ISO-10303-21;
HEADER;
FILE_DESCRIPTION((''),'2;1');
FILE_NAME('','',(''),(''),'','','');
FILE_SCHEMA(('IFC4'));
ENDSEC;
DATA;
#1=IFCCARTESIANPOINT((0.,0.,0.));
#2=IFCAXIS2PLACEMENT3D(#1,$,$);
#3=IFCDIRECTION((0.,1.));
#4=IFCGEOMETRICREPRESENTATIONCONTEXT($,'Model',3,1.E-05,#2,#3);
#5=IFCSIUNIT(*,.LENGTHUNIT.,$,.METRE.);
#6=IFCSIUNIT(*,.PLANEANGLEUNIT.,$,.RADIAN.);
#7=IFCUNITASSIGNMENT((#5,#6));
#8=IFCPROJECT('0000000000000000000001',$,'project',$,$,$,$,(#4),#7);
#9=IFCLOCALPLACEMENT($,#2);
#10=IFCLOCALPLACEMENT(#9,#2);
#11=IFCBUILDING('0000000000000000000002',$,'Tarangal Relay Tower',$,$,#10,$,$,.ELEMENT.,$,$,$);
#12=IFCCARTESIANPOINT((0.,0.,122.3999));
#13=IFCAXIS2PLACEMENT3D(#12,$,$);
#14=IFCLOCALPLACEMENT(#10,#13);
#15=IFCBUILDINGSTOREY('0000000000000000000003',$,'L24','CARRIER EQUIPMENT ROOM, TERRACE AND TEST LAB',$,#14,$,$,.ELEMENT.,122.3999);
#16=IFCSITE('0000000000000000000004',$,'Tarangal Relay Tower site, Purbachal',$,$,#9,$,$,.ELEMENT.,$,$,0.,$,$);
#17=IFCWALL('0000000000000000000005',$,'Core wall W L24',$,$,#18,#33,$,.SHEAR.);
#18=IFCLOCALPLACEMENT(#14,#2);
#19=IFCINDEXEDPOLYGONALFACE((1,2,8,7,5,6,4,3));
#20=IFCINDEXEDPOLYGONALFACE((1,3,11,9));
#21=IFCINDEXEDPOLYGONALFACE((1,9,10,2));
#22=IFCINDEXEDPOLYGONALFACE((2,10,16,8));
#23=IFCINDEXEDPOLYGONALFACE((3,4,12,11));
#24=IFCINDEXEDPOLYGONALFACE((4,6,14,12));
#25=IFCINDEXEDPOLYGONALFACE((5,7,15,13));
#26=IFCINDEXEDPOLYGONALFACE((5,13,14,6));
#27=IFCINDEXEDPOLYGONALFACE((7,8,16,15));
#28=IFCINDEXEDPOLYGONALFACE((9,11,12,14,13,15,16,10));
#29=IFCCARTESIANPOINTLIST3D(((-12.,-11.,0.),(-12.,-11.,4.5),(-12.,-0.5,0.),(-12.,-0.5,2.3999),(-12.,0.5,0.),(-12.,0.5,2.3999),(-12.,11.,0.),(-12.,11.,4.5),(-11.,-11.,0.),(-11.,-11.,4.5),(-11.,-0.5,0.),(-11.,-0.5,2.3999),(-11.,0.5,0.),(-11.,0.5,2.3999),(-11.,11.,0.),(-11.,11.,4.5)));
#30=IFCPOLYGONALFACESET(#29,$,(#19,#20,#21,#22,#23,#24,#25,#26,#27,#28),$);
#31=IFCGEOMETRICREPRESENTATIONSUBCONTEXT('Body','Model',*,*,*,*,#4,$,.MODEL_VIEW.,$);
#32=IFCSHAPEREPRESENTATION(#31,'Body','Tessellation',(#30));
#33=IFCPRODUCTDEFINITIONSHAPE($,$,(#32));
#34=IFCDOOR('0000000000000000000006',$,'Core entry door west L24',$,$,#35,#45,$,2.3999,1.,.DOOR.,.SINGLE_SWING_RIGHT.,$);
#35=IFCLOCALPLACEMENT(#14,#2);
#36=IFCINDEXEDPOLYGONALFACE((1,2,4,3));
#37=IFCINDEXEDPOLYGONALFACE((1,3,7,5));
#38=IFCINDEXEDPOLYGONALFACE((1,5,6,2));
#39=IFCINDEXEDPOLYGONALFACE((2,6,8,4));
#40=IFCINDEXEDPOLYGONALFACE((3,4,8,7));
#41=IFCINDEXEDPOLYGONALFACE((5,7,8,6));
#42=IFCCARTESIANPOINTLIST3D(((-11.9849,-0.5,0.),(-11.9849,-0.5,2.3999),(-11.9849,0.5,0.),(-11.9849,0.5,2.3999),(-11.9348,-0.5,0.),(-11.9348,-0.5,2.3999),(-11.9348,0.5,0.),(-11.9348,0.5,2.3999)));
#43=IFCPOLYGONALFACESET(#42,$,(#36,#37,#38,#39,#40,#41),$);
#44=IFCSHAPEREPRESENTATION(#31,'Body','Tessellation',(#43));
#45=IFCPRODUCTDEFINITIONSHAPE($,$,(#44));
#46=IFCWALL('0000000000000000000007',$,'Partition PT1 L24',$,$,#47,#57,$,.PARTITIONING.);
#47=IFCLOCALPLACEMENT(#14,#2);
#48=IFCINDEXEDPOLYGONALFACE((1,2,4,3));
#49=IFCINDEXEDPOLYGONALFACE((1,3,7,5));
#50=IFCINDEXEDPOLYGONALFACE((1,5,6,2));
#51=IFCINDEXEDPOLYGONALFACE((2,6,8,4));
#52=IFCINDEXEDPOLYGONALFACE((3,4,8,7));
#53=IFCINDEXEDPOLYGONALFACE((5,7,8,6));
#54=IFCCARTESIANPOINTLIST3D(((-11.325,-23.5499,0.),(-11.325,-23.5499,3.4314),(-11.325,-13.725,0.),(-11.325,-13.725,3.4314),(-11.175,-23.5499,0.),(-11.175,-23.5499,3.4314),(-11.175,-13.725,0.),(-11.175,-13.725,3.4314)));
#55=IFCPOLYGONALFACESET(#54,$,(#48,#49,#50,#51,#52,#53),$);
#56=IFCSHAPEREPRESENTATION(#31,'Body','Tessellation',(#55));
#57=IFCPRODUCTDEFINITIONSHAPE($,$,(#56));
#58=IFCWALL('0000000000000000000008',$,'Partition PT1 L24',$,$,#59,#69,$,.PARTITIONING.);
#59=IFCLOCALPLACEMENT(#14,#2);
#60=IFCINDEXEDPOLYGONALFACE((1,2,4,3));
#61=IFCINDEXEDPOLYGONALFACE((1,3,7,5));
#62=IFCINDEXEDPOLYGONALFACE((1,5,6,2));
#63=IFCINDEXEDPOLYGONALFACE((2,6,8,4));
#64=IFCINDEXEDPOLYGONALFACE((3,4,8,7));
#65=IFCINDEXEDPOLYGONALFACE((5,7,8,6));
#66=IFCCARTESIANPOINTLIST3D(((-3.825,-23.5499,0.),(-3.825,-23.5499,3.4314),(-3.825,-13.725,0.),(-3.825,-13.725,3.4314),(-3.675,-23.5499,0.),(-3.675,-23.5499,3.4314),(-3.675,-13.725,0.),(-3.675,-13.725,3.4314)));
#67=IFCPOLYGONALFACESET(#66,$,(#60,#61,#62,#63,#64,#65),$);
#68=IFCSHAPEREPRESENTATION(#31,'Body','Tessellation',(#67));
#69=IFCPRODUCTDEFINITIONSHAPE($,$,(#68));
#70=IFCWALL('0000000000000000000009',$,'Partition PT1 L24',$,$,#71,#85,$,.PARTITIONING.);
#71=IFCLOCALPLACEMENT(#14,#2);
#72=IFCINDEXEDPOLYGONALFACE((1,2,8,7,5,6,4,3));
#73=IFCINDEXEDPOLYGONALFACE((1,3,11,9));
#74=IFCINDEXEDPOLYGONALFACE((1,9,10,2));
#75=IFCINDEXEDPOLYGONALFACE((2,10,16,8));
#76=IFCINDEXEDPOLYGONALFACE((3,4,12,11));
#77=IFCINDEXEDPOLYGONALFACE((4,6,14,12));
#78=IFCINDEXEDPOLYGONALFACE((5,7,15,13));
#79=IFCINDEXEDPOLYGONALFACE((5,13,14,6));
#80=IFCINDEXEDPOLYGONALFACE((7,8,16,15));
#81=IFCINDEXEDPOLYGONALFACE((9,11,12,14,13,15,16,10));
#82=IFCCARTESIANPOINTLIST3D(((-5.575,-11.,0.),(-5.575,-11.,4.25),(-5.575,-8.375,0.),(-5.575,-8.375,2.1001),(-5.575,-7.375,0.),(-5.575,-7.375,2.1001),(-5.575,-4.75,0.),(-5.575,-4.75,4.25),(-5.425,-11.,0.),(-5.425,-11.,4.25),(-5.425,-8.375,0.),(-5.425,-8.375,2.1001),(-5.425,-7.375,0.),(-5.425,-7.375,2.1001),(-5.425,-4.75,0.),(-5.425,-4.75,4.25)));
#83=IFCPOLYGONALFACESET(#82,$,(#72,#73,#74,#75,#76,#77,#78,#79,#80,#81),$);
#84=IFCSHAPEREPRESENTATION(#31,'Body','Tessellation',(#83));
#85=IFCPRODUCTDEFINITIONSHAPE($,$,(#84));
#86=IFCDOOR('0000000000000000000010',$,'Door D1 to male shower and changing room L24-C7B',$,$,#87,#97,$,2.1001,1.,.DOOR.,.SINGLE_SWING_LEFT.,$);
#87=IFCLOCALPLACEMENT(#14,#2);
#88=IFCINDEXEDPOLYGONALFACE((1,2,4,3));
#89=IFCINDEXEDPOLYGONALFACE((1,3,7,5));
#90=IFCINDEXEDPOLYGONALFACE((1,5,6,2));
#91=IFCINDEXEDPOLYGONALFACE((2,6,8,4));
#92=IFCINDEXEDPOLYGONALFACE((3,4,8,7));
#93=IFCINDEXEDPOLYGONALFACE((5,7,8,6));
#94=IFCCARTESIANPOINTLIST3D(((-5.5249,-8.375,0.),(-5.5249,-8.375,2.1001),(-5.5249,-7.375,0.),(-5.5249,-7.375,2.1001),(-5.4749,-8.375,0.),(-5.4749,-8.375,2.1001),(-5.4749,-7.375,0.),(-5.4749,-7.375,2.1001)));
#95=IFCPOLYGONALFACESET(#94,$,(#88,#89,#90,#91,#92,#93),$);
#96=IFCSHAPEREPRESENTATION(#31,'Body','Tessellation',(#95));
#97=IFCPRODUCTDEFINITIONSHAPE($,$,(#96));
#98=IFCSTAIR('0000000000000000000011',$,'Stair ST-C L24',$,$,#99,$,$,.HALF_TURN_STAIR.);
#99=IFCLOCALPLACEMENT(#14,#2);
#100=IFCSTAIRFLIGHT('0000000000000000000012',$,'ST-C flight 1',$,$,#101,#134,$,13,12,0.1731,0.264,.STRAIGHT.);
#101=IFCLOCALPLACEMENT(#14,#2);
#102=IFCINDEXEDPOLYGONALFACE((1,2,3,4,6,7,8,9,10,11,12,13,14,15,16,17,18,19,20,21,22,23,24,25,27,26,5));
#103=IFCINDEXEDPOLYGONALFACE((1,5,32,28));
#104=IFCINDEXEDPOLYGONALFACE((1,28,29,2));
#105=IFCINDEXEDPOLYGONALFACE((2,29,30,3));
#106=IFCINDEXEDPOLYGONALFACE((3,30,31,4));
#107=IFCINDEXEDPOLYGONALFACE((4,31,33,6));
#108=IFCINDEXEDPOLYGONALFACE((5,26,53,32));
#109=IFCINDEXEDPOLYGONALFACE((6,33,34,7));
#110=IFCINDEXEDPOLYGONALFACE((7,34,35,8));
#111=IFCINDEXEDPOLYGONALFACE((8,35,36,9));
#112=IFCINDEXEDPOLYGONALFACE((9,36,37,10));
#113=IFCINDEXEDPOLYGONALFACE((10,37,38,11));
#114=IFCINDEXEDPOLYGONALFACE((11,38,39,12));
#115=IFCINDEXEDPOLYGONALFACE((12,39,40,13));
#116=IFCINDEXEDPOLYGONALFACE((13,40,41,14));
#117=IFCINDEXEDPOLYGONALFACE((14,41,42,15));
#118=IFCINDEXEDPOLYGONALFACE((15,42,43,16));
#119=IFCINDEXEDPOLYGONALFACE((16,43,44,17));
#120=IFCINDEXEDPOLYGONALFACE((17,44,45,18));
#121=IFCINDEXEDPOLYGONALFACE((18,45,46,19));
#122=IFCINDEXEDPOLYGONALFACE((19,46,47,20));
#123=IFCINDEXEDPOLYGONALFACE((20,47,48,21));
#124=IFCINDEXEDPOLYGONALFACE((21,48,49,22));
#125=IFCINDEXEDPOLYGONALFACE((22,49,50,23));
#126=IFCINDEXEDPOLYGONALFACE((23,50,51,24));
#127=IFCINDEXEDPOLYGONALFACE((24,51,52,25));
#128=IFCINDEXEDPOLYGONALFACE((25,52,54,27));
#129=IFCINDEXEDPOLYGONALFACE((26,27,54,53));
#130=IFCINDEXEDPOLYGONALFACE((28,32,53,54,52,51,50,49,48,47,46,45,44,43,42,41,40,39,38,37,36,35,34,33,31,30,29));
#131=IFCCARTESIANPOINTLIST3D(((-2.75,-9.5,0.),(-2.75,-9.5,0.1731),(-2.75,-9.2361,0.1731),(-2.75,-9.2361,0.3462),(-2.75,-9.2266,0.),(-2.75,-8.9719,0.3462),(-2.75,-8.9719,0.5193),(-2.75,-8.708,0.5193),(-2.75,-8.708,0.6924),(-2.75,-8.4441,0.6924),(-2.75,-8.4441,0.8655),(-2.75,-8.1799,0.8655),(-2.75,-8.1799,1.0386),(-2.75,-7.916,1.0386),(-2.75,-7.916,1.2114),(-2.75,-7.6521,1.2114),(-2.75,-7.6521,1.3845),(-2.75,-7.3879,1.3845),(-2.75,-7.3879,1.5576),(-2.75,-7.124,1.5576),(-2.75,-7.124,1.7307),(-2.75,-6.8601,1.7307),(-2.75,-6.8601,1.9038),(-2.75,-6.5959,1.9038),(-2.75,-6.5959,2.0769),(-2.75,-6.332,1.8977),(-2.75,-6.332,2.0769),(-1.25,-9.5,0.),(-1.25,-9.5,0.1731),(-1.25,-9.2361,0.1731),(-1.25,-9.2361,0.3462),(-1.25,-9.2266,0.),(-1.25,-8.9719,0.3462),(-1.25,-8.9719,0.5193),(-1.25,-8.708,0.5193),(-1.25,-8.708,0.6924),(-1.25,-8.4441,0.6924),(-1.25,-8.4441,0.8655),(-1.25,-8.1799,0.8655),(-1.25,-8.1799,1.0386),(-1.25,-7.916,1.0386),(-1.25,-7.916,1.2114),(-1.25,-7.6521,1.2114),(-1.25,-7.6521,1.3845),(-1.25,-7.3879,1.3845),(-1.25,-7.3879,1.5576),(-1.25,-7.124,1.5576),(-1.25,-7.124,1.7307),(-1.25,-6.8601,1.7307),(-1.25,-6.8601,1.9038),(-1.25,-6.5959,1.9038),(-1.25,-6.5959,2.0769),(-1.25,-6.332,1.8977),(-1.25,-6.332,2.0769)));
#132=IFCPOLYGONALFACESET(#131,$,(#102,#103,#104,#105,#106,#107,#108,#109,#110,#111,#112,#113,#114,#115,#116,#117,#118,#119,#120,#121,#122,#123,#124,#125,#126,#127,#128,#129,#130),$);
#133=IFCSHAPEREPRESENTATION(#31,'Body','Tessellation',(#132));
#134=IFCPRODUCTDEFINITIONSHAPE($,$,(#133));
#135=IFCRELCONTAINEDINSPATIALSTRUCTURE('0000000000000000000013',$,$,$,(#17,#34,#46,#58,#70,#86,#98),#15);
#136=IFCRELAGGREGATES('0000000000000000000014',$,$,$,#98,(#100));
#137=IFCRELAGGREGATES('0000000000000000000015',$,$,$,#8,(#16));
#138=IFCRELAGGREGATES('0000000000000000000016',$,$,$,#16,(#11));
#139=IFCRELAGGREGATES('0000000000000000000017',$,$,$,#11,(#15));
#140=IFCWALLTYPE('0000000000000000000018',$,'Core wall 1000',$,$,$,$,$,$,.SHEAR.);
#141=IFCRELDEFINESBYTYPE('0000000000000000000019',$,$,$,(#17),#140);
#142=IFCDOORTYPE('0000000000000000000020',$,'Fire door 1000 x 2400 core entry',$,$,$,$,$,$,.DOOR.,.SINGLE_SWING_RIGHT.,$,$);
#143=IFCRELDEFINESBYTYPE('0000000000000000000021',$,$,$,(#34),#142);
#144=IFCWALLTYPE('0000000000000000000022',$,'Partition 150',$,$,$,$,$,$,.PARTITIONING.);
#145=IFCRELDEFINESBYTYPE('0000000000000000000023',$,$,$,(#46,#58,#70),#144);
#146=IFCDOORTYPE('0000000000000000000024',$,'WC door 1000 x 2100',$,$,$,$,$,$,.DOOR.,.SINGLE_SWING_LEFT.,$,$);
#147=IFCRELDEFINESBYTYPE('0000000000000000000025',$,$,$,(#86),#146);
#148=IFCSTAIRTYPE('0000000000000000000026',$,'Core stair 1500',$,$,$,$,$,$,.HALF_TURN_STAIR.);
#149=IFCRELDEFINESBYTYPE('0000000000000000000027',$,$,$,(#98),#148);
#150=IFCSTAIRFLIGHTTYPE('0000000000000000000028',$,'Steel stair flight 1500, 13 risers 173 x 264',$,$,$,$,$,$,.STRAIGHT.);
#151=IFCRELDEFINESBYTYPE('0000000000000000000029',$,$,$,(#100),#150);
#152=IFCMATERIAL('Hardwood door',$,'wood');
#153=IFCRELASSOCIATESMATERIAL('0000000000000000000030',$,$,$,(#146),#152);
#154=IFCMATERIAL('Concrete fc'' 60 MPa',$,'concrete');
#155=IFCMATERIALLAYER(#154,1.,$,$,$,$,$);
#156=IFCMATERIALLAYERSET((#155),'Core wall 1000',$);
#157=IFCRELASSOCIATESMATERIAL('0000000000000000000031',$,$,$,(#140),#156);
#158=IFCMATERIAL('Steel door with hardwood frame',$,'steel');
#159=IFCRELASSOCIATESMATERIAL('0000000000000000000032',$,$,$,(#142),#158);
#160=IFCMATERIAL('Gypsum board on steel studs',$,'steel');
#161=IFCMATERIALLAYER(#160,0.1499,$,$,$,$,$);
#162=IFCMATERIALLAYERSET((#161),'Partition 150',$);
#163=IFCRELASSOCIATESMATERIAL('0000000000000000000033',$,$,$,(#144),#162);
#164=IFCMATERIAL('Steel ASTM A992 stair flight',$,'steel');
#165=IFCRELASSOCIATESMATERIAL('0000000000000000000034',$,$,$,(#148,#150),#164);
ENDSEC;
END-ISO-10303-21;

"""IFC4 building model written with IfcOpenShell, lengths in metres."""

from ifc_helpers import new_model, si_unit, direction, frame, frame_2d, origin, place, context, subcontext, project, spatial, polyline, rectangle, outline, extrude, material, layer, layer_set, type_object, element, fill, aggregate, save


model = new_model("IFC4")

# Units and contexts
model_context = context("Model", 3, precision=1e-05, world=origin(), true_north=direction((0.0, 1.0)))
body_context = subcontext(model_context, "Body", "Model", "MODEL_VIEW")
ifc_project = project(units=[si_unit("LENGTHUNIT", "METRE"), si_unit("PLANEANGLEUNIT", "RADIAN")], contexts=[model_context])

# Site, building, storey
site_placement = place(None, origin())
site = spatial("IfcSite", under=ifc_project, at=site_placement, Name="Tarangal Relay Tower site, Purbachal", CompositionType="ELEMENT", RefElevation=0.0)
building_placement = place(site_placement, origin())
building = spatial("IfcBuilding", under=site, at=building_placement, Name="Tarangal Relay Tower", CompositionType="ELEMENT")
storey_placement = place(building_placement, frame((0.0, 0.0, 122.3999)))
storey = spatial("IfcBuildingStorey", under=building, at=storey_placement, Name="L24", Description="CARRIER EQUIPMENT ROOM, TERRACE AND TEST LAB", CompositionType="ELEMENT", Elevation=122.3999)

# Shared definitions
ifc_material_1 = material(Name="Concrete fc' 60 MPa", Category="concrete")

# Shared definitions
ifc_material_2 = material(Name="Hardwood door", Category="wood")
door_type_1 = type_object("IfcDoorType", Name="WC door 1000 x 2100", OperationType="SINGLE_SWING_LEFT", PredefinedType="DOOR", material=ifc_material_2)

# Wall, opening, door
ifc_layer_1 = layer(ifc_material_1, 1.0)
ifc_layer_set_1 = layer_set([ifc_layer_1], Name="Core wall 1000")
wall_type_1 = type_object("IfcWallType", Name="Core wall 1000", PredefinedType="SHEAR", material=ifc_layer_set_1)
wall_1_placement = place(storey_placement, frame((-11.5, -11.0, 0.0), z_axis=(0.0, 0.0, 1.0), x_axis=(0.0, 1.0, 0.0)))
wall_1 = element("IfcWall", 1, at=wall_1_placement, inside=storey, type_object=wall_type_1, Name="Core wall W L24", PredefinedType="SHEAR", context=body_context, shape_type="SweptSolid", body=[
    extrude(rectangle(XDim=22.0, YDim=1.0, at=frame_2d((11.0, 0.0))), origin(), (0.0, 0.0, 1.0), 4.5),
])
opening_1_placement = place(wall_1_placement, frame((10.5, 0.0, 0.0)))
opening_1 = element("IfcOpeningElement", 2, at=opening_1_placement, cuts=wall_1, PredefinedType="OPENING", context=body_context, shape_type="SweptSolid", body=[
    extrude(rectangle(XDim=1.0, YDim=2.3999, at=frame_2d((0.5, 1.2))), frame((0.0, 0.51, 0.0), z_axis=(0.0, -1.0, 0.0), x_axis=(1.0, 0.0, 0.0)), (0.0, 0.0, 1.0), 1.02),
])
ifc_material_3 = material(Name="Steel door with hardwood frame", Category="steel")
door_type_2 = type_object("IfcDoorType", Name="Fire door 1000 x 2400 core entry", OperationType="SINGLE_SWING_RIGHT", PredefinedType="DOOR", material=ifc_material_3)
door_1_placement = place(opening_1_placement, origin())
door_1 = element("IfcDoor", 3, at=door_1_placement, inside=storey, type_object=door_type_2, Name="Core entry door west L24", OperationType="SINGLE_SWING_RIGHT", OverallHeight=2.3999, OverallWidth=1.0, PredefinedType="DOOR", context=body_context, shape_type="SweptSolid", body=[
    extrude(rectangle(XDim=1.0, YDim=2.3999, at=frame_2d((0.5, 1.2))), frame((0.0, 0.4849, 0.0), z_axis=(0.0, -1.0, 0.0), x_axis=(1.0, 0.0, 0.0)), (0.0, 0.0, 1.0), 0.05),
])
fill(opening_1, door_1)

# Walls
ifc_material_4 = material(Name="Gypsum board on steel studs", Category="steel")
ifc_layer_2 = layer(ifc_material_4, 0.1499)
ifc_layer_set_2 = layer_set([ifc_layer_2], Name="Partition 150")
wall_type_2 = type_object("IfcWallType", Name="Partition 150", PredefinedType="PARTITIONING", material=ifc_layer_set_2)
for number, where, z_axis, x_axis, name in (
    (4, (-11.25, -23.55, 0.0), (0.0, 0.0, 1.0), (0.0, 1.0, 0.0), "Partition PT1 L24"),
    (5, (-3.75, -23.55, 0.0), (0.0, 0.0, 1.0), (0.0, 1.0, 0.0), "Partition PT1 L24"),
):
    element("IfcWall", number, at=place(storey_placement, frame(where, z_axis=z_axis, x_axis=x_axis)), inside=storey, type_object=wall_type_2, Name=name, PredefinedType="PARTITIONING", context=body_context, shape_type="SweptSolid", body=[
        extrude(rectangle(XDim=9.825, YDim=0.1499, at=frame_2d((4.9126, 0.0))), origin(), (0.0, 0.0, 1.0), 3.4314),
    ])

# Wall, opening, door
wall_2_placement = place(storey_placement, frame((-5.5, -11.0, 0.0), z_axis=(0.0, 0.0, 1.0), x_axis=(0.0, 1.0, 0.0)))
wall_2 = element("IfcWall", 6, at=wall_2_placement, inside=storey, type_object=wall_type_2, Name="Partition PT1 L24", PredefinedType="PARTITIONING", context=body_context, shape_type="SweptSolid", body=[
    extrude(rectangle(XDim=6.25, YDim=0.1499, at=frame_2d((3.125, 0.0))), origin(), (0.0, 0.0, 1.0), 4.25),
])
opening_2_placement = place(wall_2_placement, frame((2.625, 0.0, 0.0)))
opening_2 = element("IfcOpeningElement", 7, at=opening_2_placement, cuts=wall_2, PredefinedType="OPENING", context=body_context, shape_type="SweptSolid", body=[
    extrude(rectangle(XDim=1.0, YDim=2.1001, at=frame_2d((0.5, 1.05))), frame((0.0, 0.085, 0.0), z_axis=(0.0, -1.0, 0.0), x_axis=(1.0, 0.0, 0.0)), (0.0, 0.0, 1.0), 0.1699),
])
door_2_placement = place(opening_2_placement, origin())
door_2 = element("IfcDoor", 8, at=door_2_placement, inside=storey, type_object=door_type_1, Name="Door D1 to male shower and changing room L24-C7B", OperationType="SINGLE_SWING_LEFT", OverallHeight=2.1001, OverallWidth=1.0, PredefinedType="DOOR", context=body_context, shape_type="SweptSolid", body=[
    extrude(rectangle(XDim=1.0, YDim=2.1001, at=frame_2d((0.5, 1.05))), frame((0.0, 0.0249, 0.0), z_axis=(0.0, -1.0, 0.0), x_axis=(1.0, 0.0, 0.0)), (0.0, 0.0, 1.0), 0.05),
])
fill(opening_2, door_2)

# Stair, stair flight
ifc_material_5 = material(Name="Steel ASTM A992 stair flight", Category="steel")
stair_type = type_object("IfcStairType", Name="Core stair 1500", PredefinedType="HALF_TURN_STAIR", material=ifc_material_5)
stair_placement = place(storey_placement, origin())
stair = element("IfcStair", 9, at=stair_placement, inside=storey, type_object=stair_type, Name="Stair ST-C L24", PredefinedType="HALF_TURN_STAIR")
stair_flight_type = type_object("IfcStairFlightType", Name="Steel stair flight 1500, 13 risers 173 x 264", PredefinedType="STRAIGHT", material=ifc_material_5)
stair_flight_placement = place(storey_placement, frame((-2.0, -9.5, 0.0), z_axis=(0.0, 0.0, 1.0), x_axis=(0.0, 1.0, 0.0)))
stair_flight = element("IfcStairFlight", 10, at=stair_flight_placement, type_object=stair_flight_type, Name="ST-C flight 1", NumberOfRisers=13, NumberOfTreads=12, PredefinedType="STRAIGHT", RiserHeight=0.1731, TreadLength=0.264, context=body_context, shape_type="SweptSolid", body=[
    extrude(outline(polyline([(0.0, 0.0), (0.0, 0.1731), (0.2639, 0.1731), (0.2639, 0.3462), (0.5281, 0.3462), (0.5281, 0.5193), (0.792, 0.5193), (0.792, 0.6924), (1.0559, 0.6924), (1.0559, 0.8655), (1.3201, 0.8655), (1.3201, 1.0386), (1.584, 1.0386), (1.584, 1.2114), (1.8479, 1.2114), (1.8479, 1.3845), (2.1121, 1.3845), (2.1121, 1.5576), (2.376, 1.5576), (2.376, 1.7307), (2.6399, 1.7307), (2.6399, 1.9038), (2.9041, 1.9038), (2.9041, 2.0769), (3.168, 2.0769), (3.168, 2.25), (3.168, 1.8977), (0.2734, 0.0), (0.0, 0.0)])), frame((0.0, 0.75, 0.0), z_axis=(0.0, -1.0, 0.0), x_axis=(1.0, 0.0, 0.0)), (0.0, 0.0, 1.0), 1.5),
])
aggregate(stair, [stair_flight])

save(model, "model.ifc")
